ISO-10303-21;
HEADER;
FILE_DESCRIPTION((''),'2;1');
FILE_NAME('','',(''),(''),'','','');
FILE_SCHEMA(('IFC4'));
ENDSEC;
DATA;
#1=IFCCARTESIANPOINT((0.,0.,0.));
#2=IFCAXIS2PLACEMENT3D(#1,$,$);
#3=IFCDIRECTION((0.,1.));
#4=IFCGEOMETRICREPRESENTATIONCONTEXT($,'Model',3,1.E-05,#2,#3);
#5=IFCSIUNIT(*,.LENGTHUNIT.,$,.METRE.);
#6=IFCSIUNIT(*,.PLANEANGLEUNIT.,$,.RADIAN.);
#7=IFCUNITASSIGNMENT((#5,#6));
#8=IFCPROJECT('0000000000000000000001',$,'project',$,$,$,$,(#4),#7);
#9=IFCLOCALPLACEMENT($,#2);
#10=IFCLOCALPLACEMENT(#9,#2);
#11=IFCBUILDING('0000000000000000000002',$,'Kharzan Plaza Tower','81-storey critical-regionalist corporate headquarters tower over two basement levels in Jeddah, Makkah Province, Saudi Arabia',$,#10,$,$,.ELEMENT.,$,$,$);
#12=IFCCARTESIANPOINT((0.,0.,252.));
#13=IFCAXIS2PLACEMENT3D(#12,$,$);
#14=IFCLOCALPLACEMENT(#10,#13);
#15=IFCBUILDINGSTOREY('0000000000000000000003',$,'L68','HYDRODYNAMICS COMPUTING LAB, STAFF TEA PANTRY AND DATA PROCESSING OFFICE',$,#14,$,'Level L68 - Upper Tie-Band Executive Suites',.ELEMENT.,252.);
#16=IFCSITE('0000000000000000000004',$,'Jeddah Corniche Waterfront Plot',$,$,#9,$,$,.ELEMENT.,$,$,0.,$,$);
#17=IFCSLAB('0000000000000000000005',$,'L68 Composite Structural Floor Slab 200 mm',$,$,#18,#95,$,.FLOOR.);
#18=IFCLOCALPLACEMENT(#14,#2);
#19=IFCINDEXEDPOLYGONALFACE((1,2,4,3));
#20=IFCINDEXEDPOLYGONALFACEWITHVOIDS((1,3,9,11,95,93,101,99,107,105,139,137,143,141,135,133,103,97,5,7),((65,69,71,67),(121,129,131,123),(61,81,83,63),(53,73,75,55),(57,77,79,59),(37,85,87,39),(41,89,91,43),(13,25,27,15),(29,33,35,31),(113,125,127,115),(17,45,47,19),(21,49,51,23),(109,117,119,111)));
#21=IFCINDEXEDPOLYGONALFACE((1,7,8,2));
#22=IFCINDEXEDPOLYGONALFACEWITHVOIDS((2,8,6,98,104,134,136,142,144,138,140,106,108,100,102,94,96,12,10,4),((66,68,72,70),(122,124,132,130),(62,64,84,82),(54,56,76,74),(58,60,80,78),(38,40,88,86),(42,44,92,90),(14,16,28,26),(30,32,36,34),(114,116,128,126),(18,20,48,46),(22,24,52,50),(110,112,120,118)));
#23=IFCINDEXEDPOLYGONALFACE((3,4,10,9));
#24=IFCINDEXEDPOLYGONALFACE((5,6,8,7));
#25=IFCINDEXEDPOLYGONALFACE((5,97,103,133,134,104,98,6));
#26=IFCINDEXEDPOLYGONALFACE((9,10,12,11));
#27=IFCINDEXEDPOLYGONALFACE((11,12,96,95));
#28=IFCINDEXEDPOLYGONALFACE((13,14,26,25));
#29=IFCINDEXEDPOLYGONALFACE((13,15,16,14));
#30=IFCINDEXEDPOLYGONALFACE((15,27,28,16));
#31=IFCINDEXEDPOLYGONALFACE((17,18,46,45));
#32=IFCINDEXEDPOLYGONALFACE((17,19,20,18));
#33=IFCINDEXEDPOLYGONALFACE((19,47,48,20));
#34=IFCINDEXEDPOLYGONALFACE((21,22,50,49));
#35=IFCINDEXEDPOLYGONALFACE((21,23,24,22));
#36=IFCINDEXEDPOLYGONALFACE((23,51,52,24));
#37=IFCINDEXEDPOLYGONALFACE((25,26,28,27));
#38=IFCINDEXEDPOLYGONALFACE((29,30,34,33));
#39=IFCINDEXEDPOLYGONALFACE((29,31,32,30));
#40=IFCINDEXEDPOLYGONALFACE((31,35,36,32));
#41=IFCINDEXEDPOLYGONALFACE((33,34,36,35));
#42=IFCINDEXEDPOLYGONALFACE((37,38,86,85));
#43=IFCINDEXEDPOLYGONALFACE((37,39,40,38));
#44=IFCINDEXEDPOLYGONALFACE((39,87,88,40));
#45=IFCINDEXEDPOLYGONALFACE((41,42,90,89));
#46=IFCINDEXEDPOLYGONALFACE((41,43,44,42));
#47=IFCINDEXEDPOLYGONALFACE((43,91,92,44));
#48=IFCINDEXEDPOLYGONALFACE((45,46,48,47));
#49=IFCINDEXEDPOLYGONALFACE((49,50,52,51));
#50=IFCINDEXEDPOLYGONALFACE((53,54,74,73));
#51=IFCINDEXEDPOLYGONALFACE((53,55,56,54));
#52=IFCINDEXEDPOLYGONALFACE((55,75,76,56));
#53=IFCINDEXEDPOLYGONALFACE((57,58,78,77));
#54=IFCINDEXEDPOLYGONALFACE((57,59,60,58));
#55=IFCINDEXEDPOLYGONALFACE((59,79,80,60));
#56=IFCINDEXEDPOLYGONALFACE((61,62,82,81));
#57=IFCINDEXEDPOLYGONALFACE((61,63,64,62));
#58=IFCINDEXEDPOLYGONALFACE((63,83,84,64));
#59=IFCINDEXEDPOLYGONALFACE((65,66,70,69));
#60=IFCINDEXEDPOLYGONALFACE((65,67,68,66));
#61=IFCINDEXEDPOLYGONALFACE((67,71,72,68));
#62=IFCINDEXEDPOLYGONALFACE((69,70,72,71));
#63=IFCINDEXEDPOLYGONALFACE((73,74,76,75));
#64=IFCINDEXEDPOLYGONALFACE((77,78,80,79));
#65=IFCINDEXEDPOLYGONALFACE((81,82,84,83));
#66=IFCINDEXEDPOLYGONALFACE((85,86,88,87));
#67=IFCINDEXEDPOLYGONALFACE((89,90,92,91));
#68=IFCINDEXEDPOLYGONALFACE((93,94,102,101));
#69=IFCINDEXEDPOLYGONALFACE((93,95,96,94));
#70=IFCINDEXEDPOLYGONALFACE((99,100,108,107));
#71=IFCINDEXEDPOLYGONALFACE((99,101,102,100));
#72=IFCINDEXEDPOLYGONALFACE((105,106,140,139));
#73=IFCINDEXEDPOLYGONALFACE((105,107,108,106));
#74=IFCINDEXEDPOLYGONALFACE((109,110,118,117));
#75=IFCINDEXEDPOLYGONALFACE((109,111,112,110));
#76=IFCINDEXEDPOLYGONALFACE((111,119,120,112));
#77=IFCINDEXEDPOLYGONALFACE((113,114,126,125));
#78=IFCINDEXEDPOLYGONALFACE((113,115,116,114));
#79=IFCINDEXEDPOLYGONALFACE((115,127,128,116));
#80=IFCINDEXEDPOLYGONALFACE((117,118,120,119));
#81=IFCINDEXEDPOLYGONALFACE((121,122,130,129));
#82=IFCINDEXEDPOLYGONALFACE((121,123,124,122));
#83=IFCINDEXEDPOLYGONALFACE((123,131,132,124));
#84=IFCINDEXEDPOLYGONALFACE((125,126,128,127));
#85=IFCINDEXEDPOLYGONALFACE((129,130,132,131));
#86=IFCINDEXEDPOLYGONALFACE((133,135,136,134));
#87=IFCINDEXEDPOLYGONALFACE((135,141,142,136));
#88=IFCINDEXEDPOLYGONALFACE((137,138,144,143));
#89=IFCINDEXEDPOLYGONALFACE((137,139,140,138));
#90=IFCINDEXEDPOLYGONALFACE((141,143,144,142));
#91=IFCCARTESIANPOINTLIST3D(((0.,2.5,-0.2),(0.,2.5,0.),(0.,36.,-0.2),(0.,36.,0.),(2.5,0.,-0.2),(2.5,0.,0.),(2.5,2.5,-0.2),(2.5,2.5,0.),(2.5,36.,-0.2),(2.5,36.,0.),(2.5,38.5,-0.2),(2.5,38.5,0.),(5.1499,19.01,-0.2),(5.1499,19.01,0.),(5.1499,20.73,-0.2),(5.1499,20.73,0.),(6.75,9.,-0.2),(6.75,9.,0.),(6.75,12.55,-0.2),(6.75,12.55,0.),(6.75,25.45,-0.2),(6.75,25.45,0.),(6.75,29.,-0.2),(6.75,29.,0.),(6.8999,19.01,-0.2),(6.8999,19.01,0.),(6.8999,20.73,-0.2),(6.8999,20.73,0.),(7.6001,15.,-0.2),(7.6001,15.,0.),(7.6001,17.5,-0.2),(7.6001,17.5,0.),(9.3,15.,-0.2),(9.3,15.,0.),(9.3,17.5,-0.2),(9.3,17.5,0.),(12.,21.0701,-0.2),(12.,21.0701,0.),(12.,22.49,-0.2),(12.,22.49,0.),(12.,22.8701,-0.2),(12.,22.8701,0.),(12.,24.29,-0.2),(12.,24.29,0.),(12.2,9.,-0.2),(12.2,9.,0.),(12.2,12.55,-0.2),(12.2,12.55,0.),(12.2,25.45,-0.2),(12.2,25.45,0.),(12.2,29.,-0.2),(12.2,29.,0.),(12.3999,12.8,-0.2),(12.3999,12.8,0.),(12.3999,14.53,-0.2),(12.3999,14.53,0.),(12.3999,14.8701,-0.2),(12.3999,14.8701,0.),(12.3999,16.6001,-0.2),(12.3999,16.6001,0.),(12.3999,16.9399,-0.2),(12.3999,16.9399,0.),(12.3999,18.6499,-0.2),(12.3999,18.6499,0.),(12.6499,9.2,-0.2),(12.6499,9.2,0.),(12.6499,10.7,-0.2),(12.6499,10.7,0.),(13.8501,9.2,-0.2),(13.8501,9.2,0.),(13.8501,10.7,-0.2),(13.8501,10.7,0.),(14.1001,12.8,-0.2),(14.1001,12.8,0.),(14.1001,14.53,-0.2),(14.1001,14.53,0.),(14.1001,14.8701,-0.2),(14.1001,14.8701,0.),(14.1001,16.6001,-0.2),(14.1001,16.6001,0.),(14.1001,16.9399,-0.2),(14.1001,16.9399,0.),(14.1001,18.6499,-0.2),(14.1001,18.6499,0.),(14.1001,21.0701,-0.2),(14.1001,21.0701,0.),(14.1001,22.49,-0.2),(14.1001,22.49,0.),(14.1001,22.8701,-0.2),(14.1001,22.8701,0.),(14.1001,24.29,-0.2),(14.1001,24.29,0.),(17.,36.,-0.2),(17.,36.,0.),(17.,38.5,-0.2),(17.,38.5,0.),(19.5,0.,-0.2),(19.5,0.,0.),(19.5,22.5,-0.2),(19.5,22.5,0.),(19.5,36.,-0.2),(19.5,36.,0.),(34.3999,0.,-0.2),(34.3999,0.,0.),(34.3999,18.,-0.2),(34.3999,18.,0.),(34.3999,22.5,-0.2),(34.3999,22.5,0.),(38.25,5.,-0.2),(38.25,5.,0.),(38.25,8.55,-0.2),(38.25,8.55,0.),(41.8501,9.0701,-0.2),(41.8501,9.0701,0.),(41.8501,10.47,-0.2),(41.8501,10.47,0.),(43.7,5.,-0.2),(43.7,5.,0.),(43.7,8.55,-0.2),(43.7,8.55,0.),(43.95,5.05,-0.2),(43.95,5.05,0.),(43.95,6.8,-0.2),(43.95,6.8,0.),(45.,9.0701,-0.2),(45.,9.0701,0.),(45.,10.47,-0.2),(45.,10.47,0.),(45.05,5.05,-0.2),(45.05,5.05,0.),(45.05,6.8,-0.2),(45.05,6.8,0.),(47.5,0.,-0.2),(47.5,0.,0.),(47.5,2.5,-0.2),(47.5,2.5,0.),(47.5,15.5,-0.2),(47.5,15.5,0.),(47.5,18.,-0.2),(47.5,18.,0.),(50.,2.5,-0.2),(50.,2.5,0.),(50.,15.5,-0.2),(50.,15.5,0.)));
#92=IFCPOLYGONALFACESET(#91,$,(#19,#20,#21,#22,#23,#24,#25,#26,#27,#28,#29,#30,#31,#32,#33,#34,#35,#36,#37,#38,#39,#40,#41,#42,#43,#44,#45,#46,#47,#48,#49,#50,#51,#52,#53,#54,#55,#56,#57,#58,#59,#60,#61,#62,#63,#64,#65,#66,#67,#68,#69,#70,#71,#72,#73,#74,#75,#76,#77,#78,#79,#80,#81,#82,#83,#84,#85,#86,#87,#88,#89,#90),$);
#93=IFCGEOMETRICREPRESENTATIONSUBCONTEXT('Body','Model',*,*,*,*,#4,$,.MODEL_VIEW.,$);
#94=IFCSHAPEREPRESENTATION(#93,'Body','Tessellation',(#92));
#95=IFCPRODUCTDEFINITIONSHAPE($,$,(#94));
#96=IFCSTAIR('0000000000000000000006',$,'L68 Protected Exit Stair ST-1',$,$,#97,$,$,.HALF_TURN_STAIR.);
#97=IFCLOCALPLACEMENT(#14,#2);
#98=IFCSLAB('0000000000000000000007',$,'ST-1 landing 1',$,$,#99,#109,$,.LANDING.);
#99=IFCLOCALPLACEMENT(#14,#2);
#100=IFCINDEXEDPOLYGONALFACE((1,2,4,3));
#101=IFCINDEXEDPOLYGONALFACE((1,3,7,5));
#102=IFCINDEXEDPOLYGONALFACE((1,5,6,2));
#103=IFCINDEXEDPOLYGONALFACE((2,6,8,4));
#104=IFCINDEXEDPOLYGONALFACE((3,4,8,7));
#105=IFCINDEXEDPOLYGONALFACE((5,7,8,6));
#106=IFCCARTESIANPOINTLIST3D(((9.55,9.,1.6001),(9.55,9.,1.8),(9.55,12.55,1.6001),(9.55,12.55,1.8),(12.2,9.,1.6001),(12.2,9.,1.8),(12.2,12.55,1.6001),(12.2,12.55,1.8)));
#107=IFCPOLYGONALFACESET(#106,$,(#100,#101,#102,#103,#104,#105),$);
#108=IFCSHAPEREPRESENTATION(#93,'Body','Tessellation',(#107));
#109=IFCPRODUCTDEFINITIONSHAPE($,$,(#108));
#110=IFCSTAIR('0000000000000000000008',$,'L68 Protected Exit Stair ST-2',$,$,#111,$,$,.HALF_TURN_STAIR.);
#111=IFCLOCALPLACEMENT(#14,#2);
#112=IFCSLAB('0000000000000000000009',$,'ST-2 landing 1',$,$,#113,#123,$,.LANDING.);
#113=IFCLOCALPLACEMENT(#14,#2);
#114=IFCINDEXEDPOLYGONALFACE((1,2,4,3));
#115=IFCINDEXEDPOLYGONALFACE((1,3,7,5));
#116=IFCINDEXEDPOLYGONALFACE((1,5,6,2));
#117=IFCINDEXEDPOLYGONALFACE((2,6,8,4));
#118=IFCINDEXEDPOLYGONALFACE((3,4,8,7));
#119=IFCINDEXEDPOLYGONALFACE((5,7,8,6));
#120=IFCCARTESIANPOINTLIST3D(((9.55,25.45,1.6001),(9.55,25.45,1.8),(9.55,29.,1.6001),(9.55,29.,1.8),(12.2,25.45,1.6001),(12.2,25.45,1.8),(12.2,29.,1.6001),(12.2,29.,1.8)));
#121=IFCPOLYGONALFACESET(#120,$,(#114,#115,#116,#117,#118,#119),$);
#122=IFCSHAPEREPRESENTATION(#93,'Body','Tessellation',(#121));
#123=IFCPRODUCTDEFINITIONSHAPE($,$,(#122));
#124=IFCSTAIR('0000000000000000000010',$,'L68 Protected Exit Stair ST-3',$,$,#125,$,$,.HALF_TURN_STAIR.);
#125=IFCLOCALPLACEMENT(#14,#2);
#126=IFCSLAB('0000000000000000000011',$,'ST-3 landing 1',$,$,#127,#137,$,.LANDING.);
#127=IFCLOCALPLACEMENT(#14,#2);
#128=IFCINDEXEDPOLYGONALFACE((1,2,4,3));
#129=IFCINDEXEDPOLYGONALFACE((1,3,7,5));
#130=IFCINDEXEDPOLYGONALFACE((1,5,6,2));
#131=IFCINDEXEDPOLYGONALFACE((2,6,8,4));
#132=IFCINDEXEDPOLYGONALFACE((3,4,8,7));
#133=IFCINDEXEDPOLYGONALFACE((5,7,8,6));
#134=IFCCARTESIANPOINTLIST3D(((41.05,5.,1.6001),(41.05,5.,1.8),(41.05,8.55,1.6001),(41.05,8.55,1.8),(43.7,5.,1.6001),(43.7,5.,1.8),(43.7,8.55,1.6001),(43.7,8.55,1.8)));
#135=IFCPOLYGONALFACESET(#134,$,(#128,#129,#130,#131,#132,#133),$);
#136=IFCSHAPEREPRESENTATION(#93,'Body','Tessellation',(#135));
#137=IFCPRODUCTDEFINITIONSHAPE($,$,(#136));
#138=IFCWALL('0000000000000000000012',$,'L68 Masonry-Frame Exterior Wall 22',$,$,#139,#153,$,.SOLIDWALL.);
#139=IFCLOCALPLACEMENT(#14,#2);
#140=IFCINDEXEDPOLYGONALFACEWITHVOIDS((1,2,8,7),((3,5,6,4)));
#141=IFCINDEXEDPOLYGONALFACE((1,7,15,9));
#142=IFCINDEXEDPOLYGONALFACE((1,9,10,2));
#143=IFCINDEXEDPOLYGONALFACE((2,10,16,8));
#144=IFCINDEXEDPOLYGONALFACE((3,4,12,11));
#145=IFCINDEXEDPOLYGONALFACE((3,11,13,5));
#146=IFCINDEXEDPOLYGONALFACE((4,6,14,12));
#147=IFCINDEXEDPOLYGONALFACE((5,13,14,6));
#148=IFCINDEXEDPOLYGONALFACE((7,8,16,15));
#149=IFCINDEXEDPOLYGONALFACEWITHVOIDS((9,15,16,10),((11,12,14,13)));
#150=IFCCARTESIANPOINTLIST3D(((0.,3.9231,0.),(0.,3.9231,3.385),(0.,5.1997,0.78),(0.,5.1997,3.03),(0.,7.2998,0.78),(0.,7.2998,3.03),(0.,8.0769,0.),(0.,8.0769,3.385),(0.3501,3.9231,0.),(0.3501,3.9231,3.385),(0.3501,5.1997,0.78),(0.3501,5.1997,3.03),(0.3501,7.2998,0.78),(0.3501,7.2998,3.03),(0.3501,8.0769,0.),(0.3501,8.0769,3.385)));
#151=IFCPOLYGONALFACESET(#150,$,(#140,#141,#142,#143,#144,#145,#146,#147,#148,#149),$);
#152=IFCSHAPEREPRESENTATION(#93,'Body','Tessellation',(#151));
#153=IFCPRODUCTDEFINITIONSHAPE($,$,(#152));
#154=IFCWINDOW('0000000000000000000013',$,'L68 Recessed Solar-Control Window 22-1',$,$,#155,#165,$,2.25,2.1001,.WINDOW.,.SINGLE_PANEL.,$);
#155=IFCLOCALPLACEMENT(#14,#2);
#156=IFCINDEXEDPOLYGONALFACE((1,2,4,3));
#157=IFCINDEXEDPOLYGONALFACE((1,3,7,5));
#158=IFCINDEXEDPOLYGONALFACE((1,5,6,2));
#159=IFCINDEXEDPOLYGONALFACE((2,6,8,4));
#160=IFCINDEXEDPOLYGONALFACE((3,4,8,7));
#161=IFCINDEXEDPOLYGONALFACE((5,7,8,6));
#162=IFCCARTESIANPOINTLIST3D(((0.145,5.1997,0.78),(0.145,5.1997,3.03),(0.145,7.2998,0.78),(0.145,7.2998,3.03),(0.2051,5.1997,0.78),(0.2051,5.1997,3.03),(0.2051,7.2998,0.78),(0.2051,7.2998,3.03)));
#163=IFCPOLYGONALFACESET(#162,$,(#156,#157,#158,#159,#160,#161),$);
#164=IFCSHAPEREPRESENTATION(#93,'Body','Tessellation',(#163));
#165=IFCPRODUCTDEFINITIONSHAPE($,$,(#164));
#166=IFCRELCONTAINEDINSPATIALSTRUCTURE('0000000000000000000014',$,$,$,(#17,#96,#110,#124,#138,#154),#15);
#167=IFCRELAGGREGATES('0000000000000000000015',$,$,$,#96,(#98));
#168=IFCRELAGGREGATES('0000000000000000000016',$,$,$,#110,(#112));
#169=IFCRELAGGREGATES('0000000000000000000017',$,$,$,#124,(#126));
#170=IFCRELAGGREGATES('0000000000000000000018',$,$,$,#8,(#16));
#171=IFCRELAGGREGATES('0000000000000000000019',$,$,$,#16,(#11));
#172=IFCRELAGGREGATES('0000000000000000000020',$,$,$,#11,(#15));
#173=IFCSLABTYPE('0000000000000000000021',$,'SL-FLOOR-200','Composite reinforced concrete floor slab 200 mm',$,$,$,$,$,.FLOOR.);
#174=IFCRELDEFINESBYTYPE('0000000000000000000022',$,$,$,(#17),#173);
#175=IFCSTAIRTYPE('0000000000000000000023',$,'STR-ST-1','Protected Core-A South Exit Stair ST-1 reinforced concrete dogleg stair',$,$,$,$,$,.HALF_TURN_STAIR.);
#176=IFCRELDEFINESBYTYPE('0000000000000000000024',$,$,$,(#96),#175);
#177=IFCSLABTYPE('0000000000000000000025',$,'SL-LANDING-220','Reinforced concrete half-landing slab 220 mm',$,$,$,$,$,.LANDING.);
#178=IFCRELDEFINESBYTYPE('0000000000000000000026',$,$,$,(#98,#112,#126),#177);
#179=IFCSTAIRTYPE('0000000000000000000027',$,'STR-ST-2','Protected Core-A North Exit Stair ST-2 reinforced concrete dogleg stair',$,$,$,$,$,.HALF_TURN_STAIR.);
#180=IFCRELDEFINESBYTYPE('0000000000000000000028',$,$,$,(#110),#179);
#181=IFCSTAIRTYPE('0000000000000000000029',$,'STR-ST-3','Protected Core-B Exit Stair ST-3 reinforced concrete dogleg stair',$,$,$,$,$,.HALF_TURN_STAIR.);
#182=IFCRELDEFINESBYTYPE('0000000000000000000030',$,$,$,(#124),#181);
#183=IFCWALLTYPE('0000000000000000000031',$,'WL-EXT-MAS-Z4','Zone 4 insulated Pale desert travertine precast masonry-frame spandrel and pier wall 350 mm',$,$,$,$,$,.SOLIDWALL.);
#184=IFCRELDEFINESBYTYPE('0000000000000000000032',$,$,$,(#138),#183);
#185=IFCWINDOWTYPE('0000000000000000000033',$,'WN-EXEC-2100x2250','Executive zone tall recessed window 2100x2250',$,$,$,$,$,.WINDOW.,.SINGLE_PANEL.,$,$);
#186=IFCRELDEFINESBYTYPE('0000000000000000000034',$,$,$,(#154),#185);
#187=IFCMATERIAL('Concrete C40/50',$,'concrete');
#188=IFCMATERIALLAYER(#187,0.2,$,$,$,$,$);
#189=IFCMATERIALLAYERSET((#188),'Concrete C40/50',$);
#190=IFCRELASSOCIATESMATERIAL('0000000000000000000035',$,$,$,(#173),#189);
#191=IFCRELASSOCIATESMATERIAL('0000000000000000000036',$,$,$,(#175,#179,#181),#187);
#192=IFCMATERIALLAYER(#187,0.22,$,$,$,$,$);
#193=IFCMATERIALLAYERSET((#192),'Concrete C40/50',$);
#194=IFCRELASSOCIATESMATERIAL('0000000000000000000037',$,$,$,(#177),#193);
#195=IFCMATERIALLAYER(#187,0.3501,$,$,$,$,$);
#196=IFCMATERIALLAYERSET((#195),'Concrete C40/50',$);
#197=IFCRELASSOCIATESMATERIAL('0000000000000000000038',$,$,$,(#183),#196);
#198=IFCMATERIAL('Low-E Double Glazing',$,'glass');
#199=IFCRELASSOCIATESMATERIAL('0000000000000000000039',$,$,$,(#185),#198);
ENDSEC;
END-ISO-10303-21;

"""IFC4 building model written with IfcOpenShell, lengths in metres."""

from ifc_helpers import new_model, si_unit, direction, frame, frame_2d, origin, place, context, subcontext, project, spatial, polyline, rectangle, outline, extrude, source, transform, mapped, material, layer, layer_set, type_object, element, fill, aggregate, save


model = new_model("IFC4")

# Units and contexts
model_context = context("Model", 3, precision=1e-05, world=origin(), true_north=direction((0.0, 1.0)))
body_context = subcontext(model_context, "Body", "Model", "MODEL_VIEW")
ifc_project = project(units=[si_unit("LENGTHUNIT", "METRE"), si_unit("PLANEANGLEUNIT", "RADIAN")], contexts=[model_context])

# Site, building, storey
site_placement = place(None, origin())
site = spatial("IfcSite", under=ifc_project, at=site_placement, Name="Jeddah Corniche Waterfront Plot", CompositionType="ELEMENT", RefElevation=0.0)
building_placement = place(site_placement, origin())
building = spatial("IfcBuilding", under=site, at=building_placement, Name="Kharzan Plaza Tower", Description="81-storey critical-regionalist corporate headquarters tower over two basement levels in Jeddah, Makkah Province, Saudi Arabia", CompositionType="ELEMENT")
storey_placement = place(building_placement, frame((0.0, 0.0, 252.0)))
storey = spatial("IfcBuildingStorey", under=building, at=storey_placement, Name="L68", Description="HYDRODYNAMICS COMPUTING LAB, STAFF TEA PANTRY AND DATA PROCESSING OFFICE", LongName="Level L68 - Upper Tie-Band Executive Suites", CompositionType="ELEMENT", Elevation=252.0)

# Slab
ifc_material_1 = material(Name="Concrete C40/50", Category="concrete")
ifc_layer_1 = layer(ifc_material_1, 0.2)
ifc_layer_set_1 = layer_set([ifc_layer_1], Name="Concrete C40/50")
slab_type_1 = type_object("IfcSlabType", Name="SL-FLOOR-200", Description="Composite reinforced concrete floor slab 200 mm", PredefinedType="FLOOR", material=ifc_layer_set_1)
slab_1_placement = place(storey_placement, frame((0.0, 0.0, -0.2)))
element("IfcSlab", 1, at=slab_1_placement, inside=storey, type_object=slab_type_1, Name="L68 Composite Structural Floor Slab 200 mm", PredefinedType="FLOOR", context=body_context, shape_type="SweptSolid", body=[
    extrude(outline(polyline([(34.3999, 18.0), (34.3999, 22.5), (19.5, 22.5), (19.5, 36.0), (17.0, 36.0), (17.0, 38.5), (2.5, 38.5), (2.5, 36.0), (0.0, 36.0), (0.0, 2.5), (2.5, 2.5), (2.5, 0.0), (19.5, 0.0), (34.3999, 0.0), (47.5, 0.0), (47.5, 2.5), (50.0, 2.5), (50.0, 15.5), (47.5, 15.5), (47.5, 18.0), (34.3999, 18.0)]), holes=[polyline([(12.2, 12.55), (6.75, 12.55), (6.75, 9.0), (12.2, 9.0), (12.2, 12.55)]), polyline([(14.1001, 12.8), (14.1001, 14.53), (12.3999, 14.53), (12.3999, 12.8), (14.1001, 12.8)]), polyline([(9.3, 15.0), (9.3, 17.5), (7.6001, 17.5), (7.6001, 15.0), (9.3, 15.0)]), polyline([(6.8999, 20.73), (5.1499, 20.73), (5.1499, 19.01), (6.8999, 19.01), (6.8999, 20.73)]), polyline([(14.1001, 21.0701), (14.1001, 22.49), (12.0, 22.49), (12.0, 21.0701), (14.1001, 21.0701)]), polyline([(14.1001, 22.8701), (14.1001, 24.29), (12.0, 24.29), (12.0, 22.8701), (14.1001, 22.8701)]), polyline([(12.2, 29.0), (6.75, 29.0), (6.75, 25.45), (12.2, 25.45), (12.2, 29.0)]), polyline([(45.05, 5.05), (45.05, 6.8), (43.95, 6.8), (43.95, 5.05), (45.05, 5.05)]), polyline([(43.7, 5.0), (43.7, 8.55), (38.25, 8.55), (38.25, 5.0), (43.7, 5.0)]), polyline([(45.0, 9.0701), (45.0, 10.47), (41.8501, 10.47), (41.8501, 9.0701), (45.0, 9.0701)]), polyline([(13.8501, 9.2), (13.8501, 10.7), (12.6499, 10.7), (12.6499, 9.2), (13.8501, 9.2)]), polyline([(14.1001, 14.8701), (14.1001, 16.6001), (12.3999, 16.6001), (12.3999, 14.8701), (14.1001, 14.8701)]), polyline([(14.1001, 16.9399), (14.1001, 18.6499), (12.3999, 18.6499), (12.3999, 16.9399), (14.1001, 16.9399)])]), origin(), (0.0, 0.0, 1.0), 0.2),
])

# Stairs, slabs
stair_type_1 = type_object("IfcStairType", Name="STR-ST-1", Description="Protected Core-A South Exit Stair ST-1 reinforced concrete dogleg stair", PredefinedType="HALF_TURN_STAIR", material=ifc_material_1)
stair_1_placement = place(storey_placement, origin())
stair_1 = element("IfcStair", 2, at=stair_1_placement, inside=storey, type_object=stair_type_1, Name="L68 Protected Exit Stair ST-1", PredefinedType="HALF_TURN_STAIR")
ifc_layer_2 = layer(ifc_material_1, 0.22)
ifc_layer_set_2 = layer_set([ifc_layer_2], Name="Concrete C40/50")
slab_type_2 = type_object("IfcSlabType", Name="SL-LANDING-220", Description="Reinforced concrete half-landing slab 220 mm", PredefinedType="LANDING", material=ifc_layer_set_2)
slab_2_placement = place(storey_placement, frame((0.0, 0.0, 1.6001)))
slab_2 = element("IfcSlab", 3, at=slab_2_placement, type_object=slab_type_2, Name="ST-1 landing 1", PredefinedType="LANDING", context=body_context, shape_type="SweptSolid", body=[
    extrude(outline(polyline([(9.55, 9.0), (12.2, 9.0), (12.2, 12.55), (9.55, 12.55), (9.55, 9.0)])), origin(), (0.0, 0.0, 1.0), 0.2),
])
aggregate(stair_1, [slab_2])
stair_type_2 = type_object("IfcStairType", Name="STR-ST-2", Description="Protected Core-A North Exit Stair ST-2 reinforced concrete dogleg stair", PredefinedType="HALF_TURN_STAIR", material=ifc_material_1)
stair_2_placement = place(storey_placement, origin())
stair_2 = element("IfcStair", 4, at=stair_2_placement, inside=storey, type_object=stair_type_2, Name="L68 Protected Exit Stair ST-2", PredefinedType="HALF_TURN_STAIR")
slab_3_placement = place(storey_placement, frame((0.0, 0.0, 1.6001)))
slab_3 = element("IfcSlab", 5, at=slab_3_placement, type_object=slab_type_2, Name="ST-2 landing 1", PredefinedType="LANDING", context=body_context, shape_type="SweptSolid", body=[
    extrude(outline(polyline([(9.55, 25.45), (12.2, 25.45), (12.2, 29.0), (9.55, 29.0), (9.55, 25.45)])), origin(), (0.0, 0.0, 1.0), 0.2),
])
aggregate(stair_2, [slab_3])
stair_type_3 = type_object("IfcStairType", Name="STR-ST-3", Description="Protected Core-B Exit Stair ST-3 reinforced concrete dogleg stair", PredefinedType="HALF_TURN_STAIR", material=ifc_material_1)
stair_3_placement = place(storey_placement, origin())
stair_3 = element("IfcStair", 6, at=stair_3_placement, inside=storey, type_object=stair_type_3, Name="L68 Protected Exit Stair ST-3", PredefinedType="HALF_TURN_STAIR")
slab_4_placement = place(storey_placement, frame((0.0, 0.0, 1.6001)))
slab_4 = element("IfcSlab", 7, at=slab_4_placement, type_object=slab_type_2, Name="ST-3 landing 1", PredefinedType="LANDING", context=body_context, shape_type="SweptSolid", body=[
    extrude(outline(polyline([(41.05, 5.0), (43.7, 5.0), (43.7, 8.55), (41.05, 8.55), (41.05, 5.0)])), origin(), (0.0, 0.0, 1.0), 0.2),
])
aggregate(stair_3, [slab_4])

# Wall, opening, window
ifc_layer_3 = layer(ifc_material_1, 0.3501)
ifc_layer_set_3 = layer_set([ifc_layer_3], Name="Concrete C40/50")
wall_type_1 = type_object("IfcWallType", Name="WL-EXT-MAS-Z4", Description="Zone 4 insulated Pale desert travertine precast masonry-frame spandrel and pier wall 350 mm", PredefinedType="SOLIDWALL", material=ifc_layer_set_3)
wall_1_placement = place(storey_placement, frame((0.175, 8.0769, 0.0), z_axis=(0.0, 0.0, 1.0), x_axis=(0.0, -1.0, 0.0)))
wall_1 = element("IfcWall", 8, at=wall_1_placement, inside=storey, type_object=wall_type_1, Name="L68 Masonry-Frame Exterior Wall 22", PredefinedType="SOLIDWALL", context=body_context, shape_type="SweptSolid", body=[
    extrude(rectangle(XDim=4.1538, YDim=0.3501, at=frame_2d((2.0769, 0.0))), origin(), (0.0, 0.0, 1.0), 3.385),
])
opening_1_placement = place(wall_1_placement, frame((0.7771, 0.0, 0.78)))
opening_1 = element("IfcOpeningElement", 9, at=opening_1_placement, cuts=wall_1, PredefinedType="OPENING", context=body_context, shape_type="SweptSolid", body=[
    extrude(rectangle(XDim=2.1001, YDim=2.25, at=frame_2d((1.05, 1.125))), frame((0.0, 0.1851, 0.0), z_axis=(0.0, -1.0, 0.0), x_axis=(1.0, 0.0, 0.0)), (0.0, 0.0, 1.0), 0.3701),
])
ifc_material_2 = material(Name="Low-E Double Glazing", Category="glass")
window_type_1 = type_object("IfcWindowType", Name="WN-EXEC-2100x2250", Description="Executive zone tall recessed window 2100x2250", PartitioningType="SINGLE_PANEL", PredefinedType="WINDOW", material=ifc_material_2)
shared_shape_1 = source(origin(), body_context, "Body", "SweptSolid", [
    extrude(rectangle(XDim=2.1001, YDim=2.25, at=frame_2d((1.05, 1.125))), frame((0.0, 0.03, 0.0), z_axis=(0.0, -1.0, 0.0), x_axis=(1.0, 0.0, 0.0)), (0.0, 0.0, 1.0), 0.0601),
])
window_1_placement = place(opening_1_placement, origin())
window_1 = element("IfcWindow", 10, at=window_1_placement, inside=storey, type_object=window_type_1, Name="L68 Recessed Solar-Control Window 22-1", OverallHeight=2.25, OverallWidth=2.1001, PartitioningType="SINGLE_PANEL", PredefinedType="WINDOW", context=body_context, shape_type="MappedRepresentation", body=[
    mapped(shared_shape_1, transform((0.0, 0.0, 0.0), x_axis=(1.0, 0.0, 0.0), y_axis=(0.0, 1.0, 0.0), z_axis=(0.0, 0.0, 1.0))),
])
fill(opening_1, window_1)

save(model, "model.ifc")
